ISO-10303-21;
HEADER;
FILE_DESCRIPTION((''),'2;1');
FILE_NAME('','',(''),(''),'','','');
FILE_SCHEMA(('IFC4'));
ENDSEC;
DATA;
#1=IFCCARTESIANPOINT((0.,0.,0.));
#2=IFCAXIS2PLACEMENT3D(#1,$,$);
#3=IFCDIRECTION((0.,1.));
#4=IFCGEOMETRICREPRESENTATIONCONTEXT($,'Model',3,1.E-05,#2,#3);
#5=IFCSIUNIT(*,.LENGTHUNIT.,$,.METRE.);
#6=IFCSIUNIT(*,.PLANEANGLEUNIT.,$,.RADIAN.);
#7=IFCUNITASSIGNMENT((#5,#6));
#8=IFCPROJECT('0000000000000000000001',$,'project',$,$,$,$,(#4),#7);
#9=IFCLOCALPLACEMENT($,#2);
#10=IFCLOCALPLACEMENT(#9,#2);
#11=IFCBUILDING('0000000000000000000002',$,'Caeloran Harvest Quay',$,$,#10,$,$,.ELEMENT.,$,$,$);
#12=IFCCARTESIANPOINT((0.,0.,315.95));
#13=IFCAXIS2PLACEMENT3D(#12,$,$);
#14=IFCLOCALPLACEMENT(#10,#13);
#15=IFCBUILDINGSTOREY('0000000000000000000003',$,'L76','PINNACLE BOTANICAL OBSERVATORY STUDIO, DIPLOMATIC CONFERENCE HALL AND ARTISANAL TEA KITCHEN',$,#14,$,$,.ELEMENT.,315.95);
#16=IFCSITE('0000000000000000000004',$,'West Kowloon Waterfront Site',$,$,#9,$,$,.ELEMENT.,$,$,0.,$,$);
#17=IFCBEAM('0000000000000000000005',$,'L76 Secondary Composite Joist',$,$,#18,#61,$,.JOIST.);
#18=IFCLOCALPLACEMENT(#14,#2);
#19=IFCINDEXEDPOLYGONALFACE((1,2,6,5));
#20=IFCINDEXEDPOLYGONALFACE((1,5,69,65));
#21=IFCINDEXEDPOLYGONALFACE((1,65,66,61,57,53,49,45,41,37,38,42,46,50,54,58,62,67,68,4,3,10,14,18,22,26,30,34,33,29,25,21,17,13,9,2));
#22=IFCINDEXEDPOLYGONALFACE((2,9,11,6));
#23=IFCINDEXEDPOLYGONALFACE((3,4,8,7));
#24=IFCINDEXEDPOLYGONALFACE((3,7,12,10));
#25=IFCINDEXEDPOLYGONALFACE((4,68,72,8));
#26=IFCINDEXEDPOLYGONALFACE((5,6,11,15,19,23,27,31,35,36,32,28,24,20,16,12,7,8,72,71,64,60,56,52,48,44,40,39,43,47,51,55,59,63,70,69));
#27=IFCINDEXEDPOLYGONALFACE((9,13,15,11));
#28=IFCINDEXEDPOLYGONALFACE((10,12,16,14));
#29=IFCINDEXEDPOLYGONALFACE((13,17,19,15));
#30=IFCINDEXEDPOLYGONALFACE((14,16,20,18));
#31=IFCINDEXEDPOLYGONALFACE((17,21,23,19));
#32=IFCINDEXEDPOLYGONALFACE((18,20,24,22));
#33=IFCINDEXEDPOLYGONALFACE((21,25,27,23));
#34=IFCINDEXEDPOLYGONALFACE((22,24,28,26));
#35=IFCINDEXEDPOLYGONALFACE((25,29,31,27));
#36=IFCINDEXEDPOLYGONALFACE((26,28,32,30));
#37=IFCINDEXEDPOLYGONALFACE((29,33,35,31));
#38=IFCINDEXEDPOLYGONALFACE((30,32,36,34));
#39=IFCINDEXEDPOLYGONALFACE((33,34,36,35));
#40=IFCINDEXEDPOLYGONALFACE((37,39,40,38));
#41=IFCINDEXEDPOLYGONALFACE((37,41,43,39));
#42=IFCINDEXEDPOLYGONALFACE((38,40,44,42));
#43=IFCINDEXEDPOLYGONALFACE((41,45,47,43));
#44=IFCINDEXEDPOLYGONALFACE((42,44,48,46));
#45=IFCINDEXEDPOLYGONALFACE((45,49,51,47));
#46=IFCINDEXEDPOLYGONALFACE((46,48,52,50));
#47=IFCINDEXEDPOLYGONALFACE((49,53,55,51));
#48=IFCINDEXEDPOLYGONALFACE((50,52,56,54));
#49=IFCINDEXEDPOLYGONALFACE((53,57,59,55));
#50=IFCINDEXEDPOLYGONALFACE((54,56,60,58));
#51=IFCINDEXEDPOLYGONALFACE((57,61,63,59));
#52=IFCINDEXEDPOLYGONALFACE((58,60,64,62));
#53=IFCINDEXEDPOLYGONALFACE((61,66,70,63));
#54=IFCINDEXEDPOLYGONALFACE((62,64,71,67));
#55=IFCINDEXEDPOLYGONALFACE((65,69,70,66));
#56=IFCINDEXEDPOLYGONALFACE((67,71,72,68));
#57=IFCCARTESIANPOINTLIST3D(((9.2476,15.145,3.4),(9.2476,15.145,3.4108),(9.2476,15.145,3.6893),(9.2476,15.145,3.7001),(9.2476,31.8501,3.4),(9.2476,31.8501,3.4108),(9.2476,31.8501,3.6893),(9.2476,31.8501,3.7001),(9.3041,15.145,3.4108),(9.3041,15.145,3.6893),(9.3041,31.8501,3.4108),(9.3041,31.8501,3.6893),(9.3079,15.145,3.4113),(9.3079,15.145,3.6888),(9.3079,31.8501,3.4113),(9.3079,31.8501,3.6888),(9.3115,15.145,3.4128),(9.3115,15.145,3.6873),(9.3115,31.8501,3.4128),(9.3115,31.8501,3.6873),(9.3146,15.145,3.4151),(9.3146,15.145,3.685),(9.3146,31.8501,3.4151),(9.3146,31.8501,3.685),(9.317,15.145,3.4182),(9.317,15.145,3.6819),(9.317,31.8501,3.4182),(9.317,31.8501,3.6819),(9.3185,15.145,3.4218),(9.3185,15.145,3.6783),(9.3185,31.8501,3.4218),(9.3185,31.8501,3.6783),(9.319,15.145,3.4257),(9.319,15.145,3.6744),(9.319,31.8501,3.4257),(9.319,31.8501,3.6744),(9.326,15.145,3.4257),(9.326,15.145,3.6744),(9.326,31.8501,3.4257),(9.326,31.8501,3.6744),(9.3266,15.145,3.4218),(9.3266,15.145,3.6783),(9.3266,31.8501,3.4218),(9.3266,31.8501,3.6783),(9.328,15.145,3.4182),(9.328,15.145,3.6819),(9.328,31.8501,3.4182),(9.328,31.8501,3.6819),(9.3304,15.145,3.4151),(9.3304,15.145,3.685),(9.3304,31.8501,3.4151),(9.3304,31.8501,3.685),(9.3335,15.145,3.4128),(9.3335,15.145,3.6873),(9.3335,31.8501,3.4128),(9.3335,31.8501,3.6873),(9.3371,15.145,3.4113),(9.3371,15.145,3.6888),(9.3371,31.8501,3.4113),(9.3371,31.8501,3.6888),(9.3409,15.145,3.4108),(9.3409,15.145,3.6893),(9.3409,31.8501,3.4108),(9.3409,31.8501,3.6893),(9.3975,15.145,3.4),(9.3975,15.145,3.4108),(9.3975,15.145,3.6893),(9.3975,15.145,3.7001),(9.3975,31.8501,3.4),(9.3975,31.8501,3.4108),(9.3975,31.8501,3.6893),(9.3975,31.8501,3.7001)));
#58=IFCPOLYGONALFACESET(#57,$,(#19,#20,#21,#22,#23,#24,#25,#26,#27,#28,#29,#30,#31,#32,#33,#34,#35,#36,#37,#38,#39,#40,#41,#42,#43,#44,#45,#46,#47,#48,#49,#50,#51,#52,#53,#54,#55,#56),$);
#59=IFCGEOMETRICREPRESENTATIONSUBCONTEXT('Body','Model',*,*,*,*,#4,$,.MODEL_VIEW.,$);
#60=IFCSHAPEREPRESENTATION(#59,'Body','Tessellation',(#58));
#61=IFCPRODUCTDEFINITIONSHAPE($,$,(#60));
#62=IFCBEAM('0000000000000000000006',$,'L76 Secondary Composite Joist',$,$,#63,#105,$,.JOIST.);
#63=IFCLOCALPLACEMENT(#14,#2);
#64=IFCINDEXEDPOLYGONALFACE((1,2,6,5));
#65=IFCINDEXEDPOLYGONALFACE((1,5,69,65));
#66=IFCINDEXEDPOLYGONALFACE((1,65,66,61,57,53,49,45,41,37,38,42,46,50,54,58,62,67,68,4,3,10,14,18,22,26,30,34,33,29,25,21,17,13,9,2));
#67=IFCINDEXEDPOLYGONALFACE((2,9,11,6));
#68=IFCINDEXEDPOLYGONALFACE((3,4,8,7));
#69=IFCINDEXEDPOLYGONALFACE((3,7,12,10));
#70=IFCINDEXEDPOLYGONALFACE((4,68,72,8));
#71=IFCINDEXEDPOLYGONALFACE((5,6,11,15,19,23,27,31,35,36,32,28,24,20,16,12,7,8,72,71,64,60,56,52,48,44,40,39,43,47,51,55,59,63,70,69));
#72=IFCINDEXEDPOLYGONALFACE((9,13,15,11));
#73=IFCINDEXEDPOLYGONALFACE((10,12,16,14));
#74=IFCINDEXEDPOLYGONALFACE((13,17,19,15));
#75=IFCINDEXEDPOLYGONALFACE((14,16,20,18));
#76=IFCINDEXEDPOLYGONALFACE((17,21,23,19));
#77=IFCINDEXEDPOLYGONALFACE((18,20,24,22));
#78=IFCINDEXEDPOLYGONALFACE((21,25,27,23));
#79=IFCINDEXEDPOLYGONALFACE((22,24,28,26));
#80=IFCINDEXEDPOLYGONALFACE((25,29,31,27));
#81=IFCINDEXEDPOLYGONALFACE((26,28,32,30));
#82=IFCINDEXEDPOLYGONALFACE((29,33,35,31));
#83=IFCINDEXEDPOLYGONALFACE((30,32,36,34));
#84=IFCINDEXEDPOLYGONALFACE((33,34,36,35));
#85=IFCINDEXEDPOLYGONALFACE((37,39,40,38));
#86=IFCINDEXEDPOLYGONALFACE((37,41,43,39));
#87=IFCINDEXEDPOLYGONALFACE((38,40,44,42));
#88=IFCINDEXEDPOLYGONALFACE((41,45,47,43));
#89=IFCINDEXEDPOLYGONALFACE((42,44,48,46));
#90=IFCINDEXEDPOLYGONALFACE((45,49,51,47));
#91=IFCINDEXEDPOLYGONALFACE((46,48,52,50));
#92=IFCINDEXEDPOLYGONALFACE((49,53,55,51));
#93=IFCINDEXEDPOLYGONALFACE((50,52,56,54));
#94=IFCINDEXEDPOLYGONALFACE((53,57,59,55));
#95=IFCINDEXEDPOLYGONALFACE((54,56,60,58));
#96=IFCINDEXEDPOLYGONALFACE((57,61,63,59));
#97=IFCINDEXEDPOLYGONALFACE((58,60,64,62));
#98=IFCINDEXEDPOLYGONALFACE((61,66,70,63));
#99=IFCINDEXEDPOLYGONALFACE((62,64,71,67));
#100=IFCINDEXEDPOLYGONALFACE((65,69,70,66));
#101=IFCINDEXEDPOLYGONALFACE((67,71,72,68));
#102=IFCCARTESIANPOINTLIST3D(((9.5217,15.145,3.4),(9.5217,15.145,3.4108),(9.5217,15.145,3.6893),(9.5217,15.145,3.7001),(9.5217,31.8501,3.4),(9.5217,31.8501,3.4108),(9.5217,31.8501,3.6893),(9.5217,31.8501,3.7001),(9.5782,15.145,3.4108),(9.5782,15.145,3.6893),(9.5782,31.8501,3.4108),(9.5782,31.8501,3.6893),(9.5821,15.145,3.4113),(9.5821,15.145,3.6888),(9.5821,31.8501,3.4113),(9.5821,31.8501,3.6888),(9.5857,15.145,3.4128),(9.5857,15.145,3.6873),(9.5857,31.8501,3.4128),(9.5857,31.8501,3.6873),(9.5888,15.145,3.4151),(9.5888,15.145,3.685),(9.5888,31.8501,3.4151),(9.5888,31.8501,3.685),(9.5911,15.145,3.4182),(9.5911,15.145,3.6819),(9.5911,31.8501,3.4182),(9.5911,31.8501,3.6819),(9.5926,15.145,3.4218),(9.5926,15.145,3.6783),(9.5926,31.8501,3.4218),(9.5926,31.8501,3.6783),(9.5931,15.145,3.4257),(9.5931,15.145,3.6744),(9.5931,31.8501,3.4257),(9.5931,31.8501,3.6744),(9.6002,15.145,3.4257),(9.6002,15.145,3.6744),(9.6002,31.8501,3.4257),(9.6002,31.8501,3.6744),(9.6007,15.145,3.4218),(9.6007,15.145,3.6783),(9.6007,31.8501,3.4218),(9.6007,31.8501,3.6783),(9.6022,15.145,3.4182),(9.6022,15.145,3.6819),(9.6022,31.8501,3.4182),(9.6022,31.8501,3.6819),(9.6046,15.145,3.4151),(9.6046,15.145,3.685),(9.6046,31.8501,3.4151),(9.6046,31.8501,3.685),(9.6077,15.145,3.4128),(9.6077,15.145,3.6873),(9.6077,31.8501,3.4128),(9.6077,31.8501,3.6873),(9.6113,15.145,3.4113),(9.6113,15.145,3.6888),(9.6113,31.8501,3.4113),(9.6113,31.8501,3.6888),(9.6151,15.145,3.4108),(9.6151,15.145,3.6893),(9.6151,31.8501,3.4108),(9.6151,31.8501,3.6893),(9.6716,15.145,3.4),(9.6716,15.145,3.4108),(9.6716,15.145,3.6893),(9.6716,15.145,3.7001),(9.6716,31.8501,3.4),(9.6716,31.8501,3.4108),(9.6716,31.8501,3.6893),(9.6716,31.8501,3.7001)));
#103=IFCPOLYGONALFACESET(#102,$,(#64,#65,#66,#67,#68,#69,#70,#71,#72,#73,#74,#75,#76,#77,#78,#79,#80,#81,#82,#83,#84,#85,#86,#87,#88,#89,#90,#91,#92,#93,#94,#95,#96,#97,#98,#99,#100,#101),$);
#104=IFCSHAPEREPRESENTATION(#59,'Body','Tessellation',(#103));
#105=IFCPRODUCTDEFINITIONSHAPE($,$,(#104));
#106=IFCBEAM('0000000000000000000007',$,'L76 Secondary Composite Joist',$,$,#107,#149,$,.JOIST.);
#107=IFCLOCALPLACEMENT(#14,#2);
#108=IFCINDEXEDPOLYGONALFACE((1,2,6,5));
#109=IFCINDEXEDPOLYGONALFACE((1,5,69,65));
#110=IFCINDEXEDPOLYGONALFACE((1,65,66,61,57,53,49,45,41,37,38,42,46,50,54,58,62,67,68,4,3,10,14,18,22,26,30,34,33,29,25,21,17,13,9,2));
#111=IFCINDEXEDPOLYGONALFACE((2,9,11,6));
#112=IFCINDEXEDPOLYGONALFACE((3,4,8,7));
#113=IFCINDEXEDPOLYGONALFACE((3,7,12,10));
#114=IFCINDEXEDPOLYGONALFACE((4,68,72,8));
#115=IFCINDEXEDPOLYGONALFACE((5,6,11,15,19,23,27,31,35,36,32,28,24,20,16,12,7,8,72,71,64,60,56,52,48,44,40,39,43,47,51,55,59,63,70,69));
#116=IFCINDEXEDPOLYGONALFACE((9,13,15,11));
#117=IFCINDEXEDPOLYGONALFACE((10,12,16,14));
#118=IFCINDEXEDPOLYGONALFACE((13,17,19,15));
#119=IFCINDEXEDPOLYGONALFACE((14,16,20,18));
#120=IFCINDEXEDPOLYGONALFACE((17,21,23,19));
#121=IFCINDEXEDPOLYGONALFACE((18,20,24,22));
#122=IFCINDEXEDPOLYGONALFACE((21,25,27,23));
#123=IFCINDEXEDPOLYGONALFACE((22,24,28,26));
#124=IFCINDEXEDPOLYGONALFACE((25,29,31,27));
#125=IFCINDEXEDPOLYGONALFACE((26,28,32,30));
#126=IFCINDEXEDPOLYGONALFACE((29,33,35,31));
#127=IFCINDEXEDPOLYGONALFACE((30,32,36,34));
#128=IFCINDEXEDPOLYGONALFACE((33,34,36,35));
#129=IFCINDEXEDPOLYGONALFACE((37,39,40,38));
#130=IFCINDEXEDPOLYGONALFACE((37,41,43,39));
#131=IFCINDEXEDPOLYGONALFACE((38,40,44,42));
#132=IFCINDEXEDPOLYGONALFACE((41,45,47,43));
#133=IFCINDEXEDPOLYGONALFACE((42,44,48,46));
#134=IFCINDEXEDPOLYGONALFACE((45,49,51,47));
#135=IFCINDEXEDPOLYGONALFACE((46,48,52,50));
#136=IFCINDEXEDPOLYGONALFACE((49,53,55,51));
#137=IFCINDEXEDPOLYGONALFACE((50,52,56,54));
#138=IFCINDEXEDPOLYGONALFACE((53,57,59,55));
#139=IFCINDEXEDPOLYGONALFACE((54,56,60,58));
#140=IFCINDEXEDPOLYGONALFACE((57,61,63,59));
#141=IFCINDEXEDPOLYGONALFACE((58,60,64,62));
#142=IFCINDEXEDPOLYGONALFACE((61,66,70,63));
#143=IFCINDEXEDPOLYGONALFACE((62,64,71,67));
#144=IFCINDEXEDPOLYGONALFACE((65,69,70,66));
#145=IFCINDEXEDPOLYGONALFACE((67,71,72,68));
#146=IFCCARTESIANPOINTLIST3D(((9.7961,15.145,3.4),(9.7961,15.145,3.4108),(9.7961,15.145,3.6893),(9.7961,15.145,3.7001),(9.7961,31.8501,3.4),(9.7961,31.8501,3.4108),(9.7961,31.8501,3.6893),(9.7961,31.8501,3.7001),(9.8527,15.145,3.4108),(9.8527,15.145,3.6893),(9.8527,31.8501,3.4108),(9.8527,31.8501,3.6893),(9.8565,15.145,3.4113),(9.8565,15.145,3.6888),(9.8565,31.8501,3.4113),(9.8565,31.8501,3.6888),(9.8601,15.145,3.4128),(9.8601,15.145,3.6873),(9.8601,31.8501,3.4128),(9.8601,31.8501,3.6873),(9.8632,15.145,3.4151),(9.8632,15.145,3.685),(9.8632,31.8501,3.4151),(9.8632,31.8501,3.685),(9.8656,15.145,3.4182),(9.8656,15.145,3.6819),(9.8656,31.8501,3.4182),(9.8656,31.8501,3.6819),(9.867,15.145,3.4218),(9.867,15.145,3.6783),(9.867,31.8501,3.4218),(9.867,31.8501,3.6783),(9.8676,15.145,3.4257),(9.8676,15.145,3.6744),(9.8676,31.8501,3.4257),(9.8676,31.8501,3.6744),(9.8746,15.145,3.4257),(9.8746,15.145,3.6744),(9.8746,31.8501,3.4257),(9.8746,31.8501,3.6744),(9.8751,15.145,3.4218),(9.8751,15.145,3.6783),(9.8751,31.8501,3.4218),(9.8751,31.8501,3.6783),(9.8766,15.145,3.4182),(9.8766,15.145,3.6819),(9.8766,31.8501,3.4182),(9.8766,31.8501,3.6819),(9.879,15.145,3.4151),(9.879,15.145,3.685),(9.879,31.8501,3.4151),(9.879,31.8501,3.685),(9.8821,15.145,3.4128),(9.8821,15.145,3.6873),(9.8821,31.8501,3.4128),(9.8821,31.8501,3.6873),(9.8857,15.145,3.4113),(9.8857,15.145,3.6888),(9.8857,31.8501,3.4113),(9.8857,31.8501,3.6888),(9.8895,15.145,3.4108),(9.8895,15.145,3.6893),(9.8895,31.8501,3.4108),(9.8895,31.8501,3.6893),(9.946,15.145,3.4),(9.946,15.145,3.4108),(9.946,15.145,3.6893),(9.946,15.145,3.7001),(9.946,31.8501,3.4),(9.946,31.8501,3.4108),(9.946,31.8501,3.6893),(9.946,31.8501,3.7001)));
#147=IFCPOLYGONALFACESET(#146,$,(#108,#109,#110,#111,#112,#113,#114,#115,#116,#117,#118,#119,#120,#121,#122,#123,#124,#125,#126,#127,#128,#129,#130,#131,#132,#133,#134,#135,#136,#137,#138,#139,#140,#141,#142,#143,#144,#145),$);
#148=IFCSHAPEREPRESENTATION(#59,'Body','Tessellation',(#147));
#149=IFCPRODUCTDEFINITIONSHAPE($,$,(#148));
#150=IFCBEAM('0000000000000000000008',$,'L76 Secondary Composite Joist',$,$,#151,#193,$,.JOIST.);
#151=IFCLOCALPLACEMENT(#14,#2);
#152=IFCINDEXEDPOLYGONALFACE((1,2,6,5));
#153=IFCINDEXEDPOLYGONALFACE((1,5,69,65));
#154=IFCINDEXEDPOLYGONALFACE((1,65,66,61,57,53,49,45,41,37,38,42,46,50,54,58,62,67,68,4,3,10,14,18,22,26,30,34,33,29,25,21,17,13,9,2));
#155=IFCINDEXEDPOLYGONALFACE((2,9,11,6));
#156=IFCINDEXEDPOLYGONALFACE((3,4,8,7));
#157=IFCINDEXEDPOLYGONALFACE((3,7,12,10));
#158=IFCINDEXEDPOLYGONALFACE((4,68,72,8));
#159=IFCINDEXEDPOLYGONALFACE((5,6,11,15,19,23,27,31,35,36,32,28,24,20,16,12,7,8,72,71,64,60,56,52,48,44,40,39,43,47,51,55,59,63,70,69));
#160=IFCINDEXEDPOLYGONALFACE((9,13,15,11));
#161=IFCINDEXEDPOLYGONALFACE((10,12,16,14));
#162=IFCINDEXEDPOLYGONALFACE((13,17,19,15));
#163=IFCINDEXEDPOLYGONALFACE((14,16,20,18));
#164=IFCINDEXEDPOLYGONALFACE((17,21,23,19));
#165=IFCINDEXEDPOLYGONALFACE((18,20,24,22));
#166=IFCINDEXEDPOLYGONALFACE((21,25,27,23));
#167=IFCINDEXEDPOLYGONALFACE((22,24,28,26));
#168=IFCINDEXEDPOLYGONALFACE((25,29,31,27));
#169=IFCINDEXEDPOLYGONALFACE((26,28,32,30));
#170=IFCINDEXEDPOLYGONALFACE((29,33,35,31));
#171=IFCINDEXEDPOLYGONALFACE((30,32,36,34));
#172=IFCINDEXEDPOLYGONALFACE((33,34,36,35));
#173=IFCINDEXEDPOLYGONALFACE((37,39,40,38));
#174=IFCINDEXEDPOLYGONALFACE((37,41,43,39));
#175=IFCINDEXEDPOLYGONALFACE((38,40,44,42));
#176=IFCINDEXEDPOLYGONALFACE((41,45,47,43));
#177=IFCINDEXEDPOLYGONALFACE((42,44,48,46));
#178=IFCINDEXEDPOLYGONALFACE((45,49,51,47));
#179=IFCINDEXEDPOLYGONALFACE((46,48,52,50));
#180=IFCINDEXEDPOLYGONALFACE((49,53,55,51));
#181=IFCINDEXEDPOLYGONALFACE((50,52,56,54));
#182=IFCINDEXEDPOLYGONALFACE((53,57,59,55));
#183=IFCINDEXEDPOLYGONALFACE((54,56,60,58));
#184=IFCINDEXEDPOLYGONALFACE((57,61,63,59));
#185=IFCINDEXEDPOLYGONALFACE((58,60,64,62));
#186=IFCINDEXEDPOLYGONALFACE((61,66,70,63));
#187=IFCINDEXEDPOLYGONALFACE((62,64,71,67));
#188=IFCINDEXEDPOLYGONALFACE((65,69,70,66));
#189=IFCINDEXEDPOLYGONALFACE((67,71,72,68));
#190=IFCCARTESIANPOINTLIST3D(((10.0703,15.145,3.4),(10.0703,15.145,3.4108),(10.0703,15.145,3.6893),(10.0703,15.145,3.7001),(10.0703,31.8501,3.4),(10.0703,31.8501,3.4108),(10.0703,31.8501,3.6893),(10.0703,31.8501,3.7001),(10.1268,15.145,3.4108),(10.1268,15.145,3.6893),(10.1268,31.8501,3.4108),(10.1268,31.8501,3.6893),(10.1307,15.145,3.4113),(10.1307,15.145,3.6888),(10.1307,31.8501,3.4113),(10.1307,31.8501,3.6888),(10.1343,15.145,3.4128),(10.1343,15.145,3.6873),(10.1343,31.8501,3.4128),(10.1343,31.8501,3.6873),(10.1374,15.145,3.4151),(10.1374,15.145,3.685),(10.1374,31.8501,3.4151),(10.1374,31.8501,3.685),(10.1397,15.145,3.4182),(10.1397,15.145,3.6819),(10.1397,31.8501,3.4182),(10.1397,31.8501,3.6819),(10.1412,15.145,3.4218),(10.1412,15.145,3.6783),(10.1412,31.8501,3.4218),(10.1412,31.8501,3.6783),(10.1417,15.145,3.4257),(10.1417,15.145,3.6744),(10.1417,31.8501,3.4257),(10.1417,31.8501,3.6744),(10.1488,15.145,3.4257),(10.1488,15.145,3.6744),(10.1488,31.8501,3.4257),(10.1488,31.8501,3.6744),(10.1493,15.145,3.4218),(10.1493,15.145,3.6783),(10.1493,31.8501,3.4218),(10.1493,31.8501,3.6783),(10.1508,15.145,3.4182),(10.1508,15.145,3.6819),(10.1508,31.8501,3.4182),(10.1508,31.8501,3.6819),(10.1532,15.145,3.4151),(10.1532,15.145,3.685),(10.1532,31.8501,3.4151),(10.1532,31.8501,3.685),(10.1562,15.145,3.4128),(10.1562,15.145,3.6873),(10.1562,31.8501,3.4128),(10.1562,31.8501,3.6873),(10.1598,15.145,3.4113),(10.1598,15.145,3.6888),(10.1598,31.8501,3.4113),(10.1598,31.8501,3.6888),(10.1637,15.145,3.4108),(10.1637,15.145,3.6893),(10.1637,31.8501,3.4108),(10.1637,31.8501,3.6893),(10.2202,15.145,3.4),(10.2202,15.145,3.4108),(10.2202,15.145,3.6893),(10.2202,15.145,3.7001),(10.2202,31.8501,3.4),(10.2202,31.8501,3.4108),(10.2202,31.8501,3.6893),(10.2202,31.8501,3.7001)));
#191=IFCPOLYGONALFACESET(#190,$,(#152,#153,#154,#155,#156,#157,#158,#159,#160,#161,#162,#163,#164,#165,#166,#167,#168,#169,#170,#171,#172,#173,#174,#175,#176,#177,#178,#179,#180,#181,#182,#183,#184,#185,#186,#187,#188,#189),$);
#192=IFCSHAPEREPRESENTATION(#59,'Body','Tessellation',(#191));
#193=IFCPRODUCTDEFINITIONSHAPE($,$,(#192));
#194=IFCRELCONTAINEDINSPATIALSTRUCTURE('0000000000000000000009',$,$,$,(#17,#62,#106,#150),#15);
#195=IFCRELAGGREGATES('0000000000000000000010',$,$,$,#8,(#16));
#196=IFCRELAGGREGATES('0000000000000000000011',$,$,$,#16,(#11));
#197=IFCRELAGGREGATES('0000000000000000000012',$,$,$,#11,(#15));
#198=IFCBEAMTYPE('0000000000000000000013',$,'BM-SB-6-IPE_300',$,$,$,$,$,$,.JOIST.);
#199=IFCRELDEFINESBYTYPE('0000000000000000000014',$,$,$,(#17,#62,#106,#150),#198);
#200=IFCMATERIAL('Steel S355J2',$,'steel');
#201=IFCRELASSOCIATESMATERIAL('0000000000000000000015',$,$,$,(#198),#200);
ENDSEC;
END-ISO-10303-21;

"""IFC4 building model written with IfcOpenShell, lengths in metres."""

from ifc_helpers import new_model, si_unit, direction, frame, origin, origin_2d, place, context, subcontext, project, spatial, i_section, extrude, material, material_profile, profile_set, type_object, element, save


model = new_model("IFC4")

# Units and contexts
model_context = context("Model", 3, precision=1e-05, world=origin(), true_north=direction((0.0, 1.0)))
body_context = subcontext(model_context, "Body", "Model", "MODEL_VIEW")
ifc_project = project(units=[si_unit("LENGTHUNIT", "METRE"), si_unit("PLANEANGLEUNIT", "RADIAN")], contexts=[model_context])

# Site, building, storey
site_placement = place(None, origin())
site = spatial("IfcSite", under=ifc_project, at=site_placement, Name="West Kowloon Waterfront Site", CompositionType="ELEMENT", RefElevation=0.0)
building_placement = place(site_placement, origin())
building = spatial("IfcBuilding", under=site, at=building_placement, Name="Caeloran Harvest Quay", CompositionType="ELEMENT")
storey_placement = place(building_placement, frame((0.0, 0.0, 315.95)))
storey = spatial("IfcBuildingStorey", under=building, at=storey_placement, Name="L76", Description="PINNACLE BOTANICAL OBSERVATORY STUDIO, DIPLOMATIC CONFERENCE HALL AND ARTISANAL TEA KITCHEN", CompositionType="ELEMENT", Elevation=315.95)

# Beams
ifc_material_1 = material(Name="Steel S355J2", Category="steel")
ifc_material_profile_1 = material_profile(ifc_material_1, i_section(OverallWidth=0.1499, OverallDepth=0.3, WebThickness=0.0071, FlangeThickness=0.0107, FilletRadius=0.0149, at=origin_2d()), Name="IPE 300")
ifc_profile_set_1 = profile_set([ifc_material_profile_1], Name="Steel S355J2")
beam_type_1 = type_object("IfcBeamType", Name="BM-SB-6-IPE_300", PredefinedType="JOIST", material=ifc_profile_set_1)
for number, where, z_axis, x_axis, name in (
    (1, (9.3225, 15.145, 3.55), (0.0, 1.0, 0.0), (-1.0, 0.0, 0.0), "L76 Secondary Composite Joist"),
    (2, (9.5967, 15.145, 3.55), (0.0, 1.0, 0.0), (-1.0, 0.0, 0.0), "L76 Secondary Composite Joist"),
    (3, (9.8711, 15.145, 3.55), (0.0, 1.0, 0.0), (-1.0, 0.0, 0.0), "L76 Secondary Composite Joist"),
    (4, (10.1453, 15.145, 3.55), (0.0, 1.0, 0.0), (-1.0, 0.0, 0.0), "L76 Secondary Composite Joist"),
):
    element("IfcBeam", number, at=place(storey_placement, frame(where, z_axis=z_axis, x_axis=x_axis)), inside=storey, type_object=beam_type_1, Name=name, PredefinedType="JOIST", context=body_context, shape_type="SweptSolid", body=[
        extrude(i_section(OverallWidth=0.1499, OverallDepth=0.3, WebThickness=0.0071, FlangeThickness=0.0107, FilletRadius=0.0149, at=origin_2d()), origin(), (0.0, 0.0, 1.0), 16.7051),
    ])

save(model, "model.ifc")
